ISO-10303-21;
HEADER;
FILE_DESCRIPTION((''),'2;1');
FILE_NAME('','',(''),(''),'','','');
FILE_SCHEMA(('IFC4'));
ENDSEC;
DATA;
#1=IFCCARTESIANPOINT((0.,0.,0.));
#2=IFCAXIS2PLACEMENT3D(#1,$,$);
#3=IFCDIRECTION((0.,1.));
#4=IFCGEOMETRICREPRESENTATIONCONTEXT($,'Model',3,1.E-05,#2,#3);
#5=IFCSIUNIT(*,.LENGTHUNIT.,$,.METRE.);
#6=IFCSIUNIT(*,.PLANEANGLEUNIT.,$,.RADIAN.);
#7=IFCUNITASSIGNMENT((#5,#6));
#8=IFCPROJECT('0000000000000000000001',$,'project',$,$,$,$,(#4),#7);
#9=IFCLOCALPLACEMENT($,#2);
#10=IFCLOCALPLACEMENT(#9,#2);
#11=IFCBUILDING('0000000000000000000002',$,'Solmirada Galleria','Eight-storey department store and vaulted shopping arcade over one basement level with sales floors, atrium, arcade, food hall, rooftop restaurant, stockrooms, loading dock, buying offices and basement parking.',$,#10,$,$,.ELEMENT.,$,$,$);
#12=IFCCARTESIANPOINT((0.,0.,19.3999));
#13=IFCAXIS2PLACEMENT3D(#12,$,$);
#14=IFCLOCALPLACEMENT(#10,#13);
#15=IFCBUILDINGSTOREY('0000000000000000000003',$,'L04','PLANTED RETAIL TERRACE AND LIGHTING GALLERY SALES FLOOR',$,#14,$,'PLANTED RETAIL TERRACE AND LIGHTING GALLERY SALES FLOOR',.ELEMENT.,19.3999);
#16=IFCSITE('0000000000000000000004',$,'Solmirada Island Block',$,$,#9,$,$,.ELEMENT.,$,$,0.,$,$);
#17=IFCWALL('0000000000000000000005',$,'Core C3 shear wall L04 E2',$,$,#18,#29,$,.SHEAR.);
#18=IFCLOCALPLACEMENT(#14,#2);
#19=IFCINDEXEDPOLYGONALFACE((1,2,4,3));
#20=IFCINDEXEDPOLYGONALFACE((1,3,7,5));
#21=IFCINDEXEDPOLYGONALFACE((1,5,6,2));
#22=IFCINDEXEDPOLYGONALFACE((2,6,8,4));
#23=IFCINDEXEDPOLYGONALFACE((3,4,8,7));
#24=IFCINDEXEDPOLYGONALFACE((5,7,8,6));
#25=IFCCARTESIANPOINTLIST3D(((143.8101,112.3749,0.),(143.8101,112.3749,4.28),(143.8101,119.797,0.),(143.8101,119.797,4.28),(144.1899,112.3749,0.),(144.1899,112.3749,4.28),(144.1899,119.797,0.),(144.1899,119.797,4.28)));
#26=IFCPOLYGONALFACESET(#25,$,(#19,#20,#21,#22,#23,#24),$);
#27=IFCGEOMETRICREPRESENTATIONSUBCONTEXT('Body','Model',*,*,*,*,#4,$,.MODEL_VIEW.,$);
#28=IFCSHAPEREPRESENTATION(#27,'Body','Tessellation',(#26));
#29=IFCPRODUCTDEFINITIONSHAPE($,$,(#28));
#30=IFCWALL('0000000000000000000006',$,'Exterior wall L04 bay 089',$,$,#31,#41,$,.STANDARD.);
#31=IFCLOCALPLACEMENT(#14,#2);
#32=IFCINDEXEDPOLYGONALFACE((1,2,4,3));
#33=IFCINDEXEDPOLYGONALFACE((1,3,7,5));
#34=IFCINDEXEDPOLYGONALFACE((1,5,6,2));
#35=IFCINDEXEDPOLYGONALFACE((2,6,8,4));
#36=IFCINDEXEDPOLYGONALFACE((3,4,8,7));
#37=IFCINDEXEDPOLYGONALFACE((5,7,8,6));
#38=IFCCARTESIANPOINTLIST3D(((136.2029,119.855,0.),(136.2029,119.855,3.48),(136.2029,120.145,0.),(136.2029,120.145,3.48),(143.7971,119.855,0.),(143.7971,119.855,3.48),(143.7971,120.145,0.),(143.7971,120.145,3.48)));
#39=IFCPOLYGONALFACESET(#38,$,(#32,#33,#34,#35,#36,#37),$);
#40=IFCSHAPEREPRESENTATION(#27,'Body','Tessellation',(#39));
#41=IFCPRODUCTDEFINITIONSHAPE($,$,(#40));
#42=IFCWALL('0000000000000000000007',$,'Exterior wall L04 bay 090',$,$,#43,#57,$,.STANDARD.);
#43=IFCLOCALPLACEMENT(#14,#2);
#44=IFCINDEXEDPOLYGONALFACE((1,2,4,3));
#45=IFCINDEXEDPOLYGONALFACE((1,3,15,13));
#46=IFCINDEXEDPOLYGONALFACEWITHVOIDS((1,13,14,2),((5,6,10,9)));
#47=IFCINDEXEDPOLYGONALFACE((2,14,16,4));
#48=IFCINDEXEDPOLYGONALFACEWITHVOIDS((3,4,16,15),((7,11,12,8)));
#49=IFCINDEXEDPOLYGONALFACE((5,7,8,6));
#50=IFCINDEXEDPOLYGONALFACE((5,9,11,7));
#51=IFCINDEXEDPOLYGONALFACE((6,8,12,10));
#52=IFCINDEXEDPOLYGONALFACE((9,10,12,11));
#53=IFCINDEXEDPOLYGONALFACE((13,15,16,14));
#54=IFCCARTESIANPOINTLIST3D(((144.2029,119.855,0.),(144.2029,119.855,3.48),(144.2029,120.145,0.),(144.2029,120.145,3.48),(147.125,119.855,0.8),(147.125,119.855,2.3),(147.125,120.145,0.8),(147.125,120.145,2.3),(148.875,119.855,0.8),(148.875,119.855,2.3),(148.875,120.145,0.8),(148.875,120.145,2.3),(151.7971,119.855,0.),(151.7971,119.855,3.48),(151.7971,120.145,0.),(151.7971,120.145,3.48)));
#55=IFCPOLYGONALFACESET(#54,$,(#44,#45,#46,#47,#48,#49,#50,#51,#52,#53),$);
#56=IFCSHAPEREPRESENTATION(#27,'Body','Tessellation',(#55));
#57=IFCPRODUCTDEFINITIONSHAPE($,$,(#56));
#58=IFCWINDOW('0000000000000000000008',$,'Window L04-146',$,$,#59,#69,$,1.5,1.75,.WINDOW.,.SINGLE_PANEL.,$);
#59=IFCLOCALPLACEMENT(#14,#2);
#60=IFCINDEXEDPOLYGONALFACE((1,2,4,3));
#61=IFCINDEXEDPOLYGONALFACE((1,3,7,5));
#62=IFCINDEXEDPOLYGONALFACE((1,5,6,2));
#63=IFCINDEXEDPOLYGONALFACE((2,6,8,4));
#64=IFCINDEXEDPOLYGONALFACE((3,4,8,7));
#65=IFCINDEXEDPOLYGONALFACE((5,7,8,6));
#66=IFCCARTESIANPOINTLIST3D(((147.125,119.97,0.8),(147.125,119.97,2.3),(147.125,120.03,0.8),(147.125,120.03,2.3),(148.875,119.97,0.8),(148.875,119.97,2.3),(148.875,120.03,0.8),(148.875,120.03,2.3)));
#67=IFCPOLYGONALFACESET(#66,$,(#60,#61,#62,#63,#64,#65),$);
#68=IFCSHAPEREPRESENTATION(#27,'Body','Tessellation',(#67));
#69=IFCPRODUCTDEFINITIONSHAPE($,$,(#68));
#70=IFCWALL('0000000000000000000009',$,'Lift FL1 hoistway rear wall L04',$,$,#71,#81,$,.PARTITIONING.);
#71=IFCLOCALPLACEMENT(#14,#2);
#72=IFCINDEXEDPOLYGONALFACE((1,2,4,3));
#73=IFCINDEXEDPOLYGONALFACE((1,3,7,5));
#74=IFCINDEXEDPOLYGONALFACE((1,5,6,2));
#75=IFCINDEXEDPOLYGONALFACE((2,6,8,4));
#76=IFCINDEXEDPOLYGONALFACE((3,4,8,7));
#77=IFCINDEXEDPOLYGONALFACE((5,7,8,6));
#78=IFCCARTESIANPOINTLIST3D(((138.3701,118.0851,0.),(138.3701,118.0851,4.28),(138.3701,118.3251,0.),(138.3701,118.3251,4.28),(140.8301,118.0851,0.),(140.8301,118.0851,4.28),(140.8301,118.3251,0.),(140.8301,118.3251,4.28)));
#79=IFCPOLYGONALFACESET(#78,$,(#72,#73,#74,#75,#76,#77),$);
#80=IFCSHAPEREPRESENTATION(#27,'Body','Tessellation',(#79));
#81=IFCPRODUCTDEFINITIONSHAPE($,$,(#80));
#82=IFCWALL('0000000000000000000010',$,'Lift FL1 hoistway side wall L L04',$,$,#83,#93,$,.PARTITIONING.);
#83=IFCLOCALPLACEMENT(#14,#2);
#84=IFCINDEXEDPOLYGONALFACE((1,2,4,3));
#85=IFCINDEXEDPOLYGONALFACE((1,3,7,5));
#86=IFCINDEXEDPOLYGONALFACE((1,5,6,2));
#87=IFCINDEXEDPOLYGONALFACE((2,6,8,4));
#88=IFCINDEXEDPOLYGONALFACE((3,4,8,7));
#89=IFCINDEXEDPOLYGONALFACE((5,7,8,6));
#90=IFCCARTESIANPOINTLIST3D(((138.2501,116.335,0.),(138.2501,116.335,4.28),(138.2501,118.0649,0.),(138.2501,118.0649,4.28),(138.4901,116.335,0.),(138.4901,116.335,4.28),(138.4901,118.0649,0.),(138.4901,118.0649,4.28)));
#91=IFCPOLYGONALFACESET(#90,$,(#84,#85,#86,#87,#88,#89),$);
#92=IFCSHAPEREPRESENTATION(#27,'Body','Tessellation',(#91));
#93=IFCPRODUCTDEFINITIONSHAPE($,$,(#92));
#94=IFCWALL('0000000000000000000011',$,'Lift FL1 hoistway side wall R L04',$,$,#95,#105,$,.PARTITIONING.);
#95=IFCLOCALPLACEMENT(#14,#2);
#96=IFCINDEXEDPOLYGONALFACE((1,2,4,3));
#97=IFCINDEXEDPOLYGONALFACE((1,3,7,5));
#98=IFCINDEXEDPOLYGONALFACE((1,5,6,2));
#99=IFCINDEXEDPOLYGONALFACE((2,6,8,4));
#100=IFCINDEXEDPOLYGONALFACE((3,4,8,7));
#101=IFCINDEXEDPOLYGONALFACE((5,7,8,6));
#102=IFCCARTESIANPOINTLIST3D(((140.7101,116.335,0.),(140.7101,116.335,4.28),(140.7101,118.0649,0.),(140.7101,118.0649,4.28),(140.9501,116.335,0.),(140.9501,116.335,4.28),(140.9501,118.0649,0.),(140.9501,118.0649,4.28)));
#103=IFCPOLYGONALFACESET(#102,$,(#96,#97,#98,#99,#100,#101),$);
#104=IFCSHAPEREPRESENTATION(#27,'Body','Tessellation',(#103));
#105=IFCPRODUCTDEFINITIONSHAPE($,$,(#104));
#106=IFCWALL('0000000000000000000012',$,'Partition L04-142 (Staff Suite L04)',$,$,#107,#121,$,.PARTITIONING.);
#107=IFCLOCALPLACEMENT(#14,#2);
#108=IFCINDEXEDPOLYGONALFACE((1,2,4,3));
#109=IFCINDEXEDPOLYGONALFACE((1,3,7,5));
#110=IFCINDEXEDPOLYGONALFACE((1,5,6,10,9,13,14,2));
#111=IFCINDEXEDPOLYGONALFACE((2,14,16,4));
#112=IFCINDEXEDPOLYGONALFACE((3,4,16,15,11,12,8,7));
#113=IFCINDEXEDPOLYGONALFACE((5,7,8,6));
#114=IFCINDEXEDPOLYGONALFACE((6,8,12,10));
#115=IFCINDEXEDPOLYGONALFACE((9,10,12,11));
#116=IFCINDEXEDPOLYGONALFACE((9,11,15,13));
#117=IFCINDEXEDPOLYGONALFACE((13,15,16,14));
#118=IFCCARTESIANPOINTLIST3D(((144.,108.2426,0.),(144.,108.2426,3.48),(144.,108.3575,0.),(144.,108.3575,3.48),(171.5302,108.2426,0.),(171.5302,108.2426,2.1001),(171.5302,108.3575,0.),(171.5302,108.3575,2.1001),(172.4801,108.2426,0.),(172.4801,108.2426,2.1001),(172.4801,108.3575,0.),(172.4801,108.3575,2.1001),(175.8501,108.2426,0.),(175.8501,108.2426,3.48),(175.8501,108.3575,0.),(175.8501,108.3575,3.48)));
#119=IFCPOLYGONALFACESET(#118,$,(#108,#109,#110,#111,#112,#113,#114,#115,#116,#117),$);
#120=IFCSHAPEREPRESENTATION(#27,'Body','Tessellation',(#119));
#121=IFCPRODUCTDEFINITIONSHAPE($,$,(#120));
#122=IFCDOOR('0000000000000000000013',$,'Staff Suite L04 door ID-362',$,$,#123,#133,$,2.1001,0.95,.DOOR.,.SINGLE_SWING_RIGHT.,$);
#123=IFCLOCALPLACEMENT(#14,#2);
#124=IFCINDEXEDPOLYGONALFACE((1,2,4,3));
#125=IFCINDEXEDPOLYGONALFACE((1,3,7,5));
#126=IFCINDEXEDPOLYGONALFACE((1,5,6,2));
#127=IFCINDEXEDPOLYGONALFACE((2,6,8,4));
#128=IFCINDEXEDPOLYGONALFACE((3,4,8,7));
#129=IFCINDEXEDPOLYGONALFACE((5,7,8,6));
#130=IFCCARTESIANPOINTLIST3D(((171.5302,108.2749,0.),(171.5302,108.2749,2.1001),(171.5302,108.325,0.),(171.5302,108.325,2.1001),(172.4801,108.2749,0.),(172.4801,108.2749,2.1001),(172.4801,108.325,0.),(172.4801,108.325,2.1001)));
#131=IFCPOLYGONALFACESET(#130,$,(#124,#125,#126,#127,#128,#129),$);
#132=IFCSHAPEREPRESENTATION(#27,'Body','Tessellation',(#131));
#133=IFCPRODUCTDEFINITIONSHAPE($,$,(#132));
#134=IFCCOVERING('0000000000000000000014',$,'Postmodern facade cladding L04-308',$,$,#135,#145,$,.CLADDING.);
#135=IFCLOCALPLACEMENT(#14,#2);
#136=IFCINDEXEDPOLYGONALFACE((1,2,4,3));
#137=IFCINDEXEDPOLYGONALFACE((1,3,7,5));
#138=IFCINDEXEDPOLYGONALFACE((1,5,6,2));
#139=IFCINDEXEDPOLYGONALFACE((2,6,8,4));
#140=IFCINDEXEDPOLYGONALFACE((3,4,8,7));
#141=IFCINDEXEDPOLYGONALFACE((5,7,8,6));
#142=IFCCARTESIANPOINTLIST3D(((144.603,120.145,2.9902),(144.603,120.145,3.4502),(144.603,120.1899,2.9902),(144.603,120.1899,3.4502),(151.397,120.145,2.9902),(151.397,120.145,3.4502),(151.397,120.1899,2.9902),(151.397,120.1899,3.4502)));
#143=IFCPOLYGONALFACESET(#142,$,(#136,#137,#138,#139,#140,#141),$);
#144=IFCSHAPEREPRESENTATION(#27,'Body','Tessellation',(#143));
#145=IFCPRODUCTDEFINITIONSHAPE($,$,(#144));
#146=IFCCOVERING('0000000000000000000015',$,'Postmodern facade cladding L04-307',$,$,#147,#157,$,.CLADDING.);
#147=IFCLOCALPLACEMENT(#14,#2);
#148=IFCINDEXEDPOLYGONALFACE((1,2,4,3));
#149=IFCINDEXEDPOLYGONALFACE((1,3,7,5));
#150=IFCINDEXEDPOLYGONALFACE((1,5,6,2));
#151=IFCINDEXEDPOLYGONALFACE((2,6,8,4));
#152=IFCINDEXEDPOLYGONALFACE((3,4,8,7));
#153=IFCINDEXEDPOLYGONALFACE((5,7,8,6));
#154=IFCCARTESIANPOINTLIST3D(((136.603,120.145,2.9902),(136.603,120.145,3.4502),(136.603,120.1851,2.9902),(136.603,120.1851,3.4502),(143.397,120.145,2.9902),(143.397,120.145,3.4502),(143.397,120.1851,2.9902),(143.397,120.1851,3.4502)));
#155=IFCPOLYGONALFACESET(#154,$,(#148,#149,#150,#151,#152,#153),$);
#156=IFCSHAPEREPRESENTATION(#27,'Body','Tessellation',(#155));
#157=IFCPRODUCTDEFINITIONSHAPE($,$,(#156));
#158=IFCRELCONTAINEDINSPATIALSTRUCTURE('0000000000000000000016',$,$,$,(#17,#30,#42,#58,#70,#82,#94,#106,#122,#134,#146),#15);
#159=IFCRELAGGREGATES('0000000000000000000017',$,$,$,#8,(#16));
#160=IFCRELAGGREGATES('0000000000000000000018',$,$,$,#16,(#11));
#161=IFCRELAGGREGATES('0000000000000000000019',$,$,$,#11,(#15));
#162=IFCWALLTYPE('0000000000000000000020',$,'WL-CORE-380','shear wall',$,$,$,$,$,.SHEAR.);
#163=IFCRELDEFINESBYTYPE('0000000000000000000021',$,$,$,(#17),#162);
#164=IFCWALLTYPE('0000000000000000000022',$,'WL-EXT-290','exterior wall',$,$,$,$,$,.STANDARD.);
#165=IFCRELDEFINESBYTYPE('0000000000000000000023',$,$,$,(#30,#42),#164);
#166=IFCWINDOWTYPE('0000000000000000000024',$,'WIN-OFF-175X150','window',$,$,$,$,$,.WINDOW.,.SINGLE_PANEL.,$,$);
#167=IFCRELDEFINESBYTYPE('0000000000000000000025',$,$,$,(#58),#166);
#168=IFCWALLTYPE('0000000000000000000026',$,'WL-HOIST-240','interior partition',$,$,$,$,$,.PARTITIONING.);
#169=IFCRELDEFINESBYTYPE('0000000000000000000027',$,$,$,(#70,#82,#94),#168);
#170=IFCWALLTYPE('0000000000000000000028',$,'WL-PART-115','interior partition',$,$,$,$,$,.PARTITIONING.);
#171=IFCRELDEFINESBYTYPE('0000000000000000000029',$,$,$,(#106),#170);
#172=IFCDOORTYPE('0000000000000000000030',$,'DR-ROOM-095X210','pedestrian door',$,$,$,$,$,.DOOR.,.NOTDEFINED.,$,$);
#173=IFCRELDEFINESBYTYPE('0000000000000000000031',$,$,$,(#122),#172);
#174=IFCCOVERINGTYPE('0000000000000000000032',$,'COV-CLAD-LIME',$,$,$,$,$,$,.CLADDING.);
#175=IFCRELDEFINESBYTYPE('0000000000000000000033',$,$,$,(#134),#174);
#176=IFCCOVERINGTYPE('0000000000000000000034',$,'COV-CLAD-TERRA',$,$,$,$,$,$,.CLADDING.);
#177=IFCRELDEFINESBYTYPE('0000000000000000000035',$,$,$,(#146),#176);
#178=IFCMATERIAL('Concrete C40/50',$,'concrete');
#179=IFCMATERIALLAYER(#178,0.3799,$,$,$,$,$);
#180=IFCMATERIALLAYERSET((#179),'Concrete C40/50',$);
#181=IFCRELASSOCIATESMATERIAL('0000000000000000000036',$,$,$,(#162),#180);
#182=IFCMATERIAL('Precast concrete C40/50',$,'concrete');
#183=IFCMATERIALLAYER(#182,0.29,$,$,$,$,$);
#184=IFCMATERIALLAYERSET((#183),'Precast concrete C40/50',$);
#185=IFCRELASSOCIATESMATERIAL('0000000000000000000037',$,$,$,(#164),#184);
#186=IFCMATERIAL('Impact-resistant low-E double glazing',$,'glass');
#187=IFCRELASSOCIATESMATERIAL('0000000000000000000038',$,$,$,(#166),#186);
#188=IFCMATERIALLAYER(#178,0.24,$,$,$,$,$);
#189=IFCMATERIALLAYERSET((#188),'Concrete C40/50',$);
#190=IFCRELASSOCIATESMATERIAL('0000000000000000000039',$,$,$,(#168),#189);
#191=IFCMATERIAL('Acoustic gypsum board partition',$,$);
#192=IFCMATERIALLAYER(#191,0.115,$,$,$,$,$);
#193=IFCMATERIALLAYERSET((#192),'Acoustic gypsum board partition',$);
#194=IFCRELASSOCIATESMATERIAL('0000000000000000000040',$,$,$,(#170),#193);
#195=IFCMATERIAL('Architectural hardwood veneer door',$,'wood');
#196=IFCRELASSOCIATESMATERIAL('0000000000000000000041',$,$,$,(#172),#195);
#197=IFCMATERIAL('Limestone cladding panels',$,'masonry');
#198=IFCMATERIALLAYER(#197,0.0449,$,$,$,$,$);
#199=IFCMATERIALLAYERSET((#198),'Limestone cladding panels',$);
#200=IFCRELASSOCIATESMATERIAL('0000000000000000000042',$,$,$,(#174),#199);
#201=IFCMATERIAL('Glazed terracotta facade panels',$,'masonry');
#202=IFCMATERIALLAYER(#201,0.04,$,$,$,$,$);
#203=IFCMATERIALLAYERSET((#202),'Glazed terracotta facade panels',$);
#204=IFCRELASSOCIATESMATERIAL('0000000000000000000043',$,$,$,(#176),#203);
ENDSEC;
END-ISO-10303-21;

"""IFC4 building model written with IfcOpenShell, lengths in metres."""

from ifc_helpers import new_model, si_unit, direction, frame, frame_2d, origin, origin_2d, place, context, subcontext, project, spatial, rectangle, extrude, material, layer, layer_set, type_object, element, fill, save


model = new_model("IFC4")

# Units and contexts
model_context = context("Model", 3, precision=1e-05, world=origin(), true_north=direction((0.0, 1.0)))
body_context = subcontext(model_context, "Body", "Model", "MODEL_VIEW")
ifc_project = project(units=[si_unit("LENGTHUNIT", "METRE"), si_unit("PLANEANGLEUNIT", "RADIAN")], contexts=[model_context])

# Site, building, storey
site_placement = place(None, origin())
site = spatial("IfcSite", under=ifc_project, at=site_placement, Name="Solmirada Island Block", CompositionType="ELEMENT", RefElevation=0.0)
building_placement = place(site_placement, origin())
building = spatial("IfcBuilding", under=site, at=building_placement, Name="Solmirada Galleria", Description="Eight-storey department store and vaulted shopping arcade over one basement level with sales floors, atrium, arcade, food hall, rooftop restaurant, stockrooms, loading dock, buying offices and basement parking.", CompositionType="ELEMENT")
storey_placement = place(building_placement, frame((0.0, 0.0, 19.3999)))
storey = spatial("IfcBuildingStorey", under=building, at=storey_placement, Name="L04", Description="PLANTED RETAIL TERRACE AND LIGHTING GALLERY SALES FLOOR", LongName="PLANTED RETAIL TERRACE AND LIGHTING GALLERY SALES FLOOR", CompositionType="ELEMENT", Elevation=19.3999)

# Shared definitions
ifc_material_1 = material(Name="Concrete C40/50", Category="concrete")

# Shared definitions
ifc_layer_1 = layer(ifc_material_1, 0.3799)
ifc_layer_set_1 = layer_set([ifc_layer_1], Name="Concrete C40/50")
wall_type_1 = type_object("IfcWallType", Name="WL-CORE-380", Description="shear wall", PredefinedType="SHEAR", material=ifc_layer_set_1)

# Walls
wall_1_placement = place(storey_placement, frame((144.0, 112.375, 0.0), z_axis=(0.0, 0.0, 1.0), x_axis=(0.0, 1.0, 0.0)))
element("IfcWall", 1, at=wall_1_placement, inside=storey, type_object=wall_type_1, Name="Core C3 shear wall L04 E2", PredefinedType="SHEAR", context=body_context, shape_type="SweptSolid", body=[
    extrude(rectangle(XDim=7.4221, YDim=0.3799, at=frame_2d((3.7109, 0.0))), origin(), (0.0, 0.0, 1.0), 4.28),
])
ifc_material_2 = material(Name="Precast concrete C40/50", Category="concrete")
ifc_layer_2 = layer(ifc_material_2, 0.29)
ifc_layer_set_2 = layer_set([ifc_layer_2], Name="Precast concrete C40/50")
wall_type_2 = type_object("IfcWallType", Name="WL-EXT-290", Description="exterior wall", PredefinedType="STANDARD", material=ifc_layer_set_2)
wall_2_placement = place(storey_placement, frame((136.2029, 120.0, 0.0), z_axis=(0.0, 0.0, 1.0), x_axis=(1.0, 0.0, 0.0)))
element("IfcWall", 2, at=wall_2_placement, inside=storey, type_object=wall_type_2, Name="Exterior wall L04 bay 089", PredefinedType="STANDARD", context=body_context, shape_type="SweptSolid", body=[
    extrude(rectangle(XDim=7.5942, YDim=0.29, at=frame_2d((3.7971, 0.0))), origin(), (0.0, 0.0, 1.0), 3.48),
])

# Wall, opening, window
wall_3_placement = place(storey_placement, frame((144.2029, 120.0, 0.0), z_axis=(0.0, 0.0, 1.0), x_axis=(1.0, 0.0, 0.0)))
wall_3 = element("IfcWall", 3, at=wall_3_placement, inside=storey, type_object=wall_type_2, Name="Exterior wall L04 bay 090", PredefinedType="STANDARD", context=body_context, shape_type="SweptSolid", body=[
    extrude(rectangle(XDim=7.5942, YDim=0.29, at=frame_2d((3.7971, 0.0))), origin(), (0.0, 0.0, 1.0), 3.48),
])
opening_1_placement = place(wall_3_placement, frame((2.9221, 0.0, 0.8)))
opening_1 = element("IfcOpeningElement", 4, at=opening_1_placement, cuts=wall_3, PredefinedType="OPENING", context=body_context, shape_type="SweptSolid", body=[
    extrude(rectangle(XDim=1.75, YDim=1.5, at=frame_2d((0.875, 0.75))), frame((0.0, 0.155, 0.0), z_axis=(0.0, -1.0, 0.0), x_axis=(1.0, 0.0, 0.0)), (0.0, 0.0, 1.0), 0.3101),
])
ifc_material_3 = material(Name="Impact-resistant low-E double glazing", Category="glass")
window_type = type_object("IfcWindowType", Name="WIN-OFF-175X150", Description="window", PartitioningType="SINGLE_PANEL", PredefinedType="WINDOW", material=ifc_material_3)
window_placement = place(opening_1_placement, origin())
window = element("IfcWindow", 5, at=window_placement, inside=storey, type_object=window_type, Name="Window L04-146", OverallHeight=1.5, OverallWidth=1.75, PartitioningType="SINGLE_PANEL", PredefinedType="WINDOW", context=body_context, shape_type="SweptSolid", body=[
    extrude(rectangle(XDim=1.75, YDim=1.5, at=frame_2d((0.875, 0.75))), frame((0.0, 0.03, 0.0), z_axis=(0.0, -1.0, 0.0), x_axis=(1.0, 0.0, 0.0)), (0.0, 0.0, 1.0), 0.0601),
])
fill(opening_1, window)

# Shared definitions
ifc_layer_3 = layer(ifc_material_1, 0.24)
ifc_layer_set_3 = layer_set([ifc_layer_3], Name="Concrete C40/50")
wall_type_3 = type_object("IfcWallType", Name="WL-HOIST-240", Description="interior partition", PredefinedType="PARTITIONING", material=ifc_layer_set_3)

# Walls
wall_4_placement = place(storey_placement, frame((138.3701, 118.2051, 0.0), z_axis=(0.0, 0.0, 1.0), x_axis=(1.0, 0.0, 0.0)))
element("IfcWall", 6, at=wall_4_placement, inside=storey, type_object=wall_type_3, Name="Lift FL1 hoistway rear wall L04", PredefinedType="PARTITIONING", context=body_context, shape_type="SweptSolid", body=[
    extrude(rectangle(XDim=2.46, YDim=0.24, at=frame_2d((1.23, 0.0))), origin(), (0.0, 0.0, 1.0), 4.28),
])
for number, where, z_axis, x_axis, name in (
    (7, (138.3701, 116.335, 0.0), (0.0, 0.0, 1.0), (0.0, 1.0, 0.0), "Lift FL1 hoistway side wall L L04"),
    (8, (140.8301, 116.335, 0.0), (0.0, 0.0, 1.0), (0.0, 1.0, 0.0), "Lift FL1 hoistway side wall R L04"),
):
    element("IfcWall", number, at=place(storey_placement, frame(where, z_axis=z_axis, x_axis=x_axis)), inside=storey, type_object=wall_type_3, Name=name, PredefinedType="PARTITIONING", context=body_context, shape_type="SweptSolid", body=[
        extrude(rectangle(XDim=1.73, YDim=0.24, at=frame_2d((0.865, 0.0))), origin(), (0.0, 0.0, 1.0), 4.28),
    ])

# Wall, opening, door
ifc_material_4 = material(Name="Acoustic gypsum board partition")
ifc_layer_4 = layer(ifc_material_4, 0.115)
ifc_layer_set_4 = layer_set([ifc_layer_4], Name="Acoustic gypsum board partition")
wall_type_4 = type_object("IfcWallType", Name="WL-PART-115", Description="interior partition", PredefinedType="PARTITIONING", material=ifc_layer_set_4)
wall_5_placement = place(storey_placement, frame((144.0, 108.3, 0.0), z_axis=(0.0, 0.0, 1.0), x_axis=(1.0, 0.0, 0.0)))
wall_5 = element("IfcWall", 9, at=wall_5_placement, inside=storey, type_object=wall_type_4, Name="Partition L04-142 (Staff Suite L04)", PredefinedType="PARTITIONING", context=body_context, shape_type="SweptSolid", body=[
    extrude(rectangle(XDim=31.8501, YDim=0.115, at=frame_2d((15.925, 0.0))), origin(), (0.0, 0.0, 1.0), 3.48),
])
opening_2_placement = place(wall_5_placement, frame((27.53, 0.0, 0.0)))
opening_2 = element("IfcOpeningElement", 10, at=opening_2_placement, cuts=wall_5, PredefinedType="OPENING", context=body_context, shape_type="SweptSolid", body=[
    extrude(rectangle(XDim=0.95, YDim=2.1001, at=frame_2d((0.4751, 1.05))), frame((0.0, 0.0674, 0.0), z_axis=(0.0, -1.0, 0.0), x_axis=(1.0, 0.0, 0.0)), (0.0, 0.0, 1.0), 0.135),
])
ifc_material_5 = material(Name="Architectural hardwood veneer door", Category="wood")
door_type_1 = type_object("IfcDoorType", Name="DR-ROOM-095X210", Description="pedestrian door", OperationType="NOTDEFINED", PredefinedType="DOOR", material=ifc_material_5)
door_1_placement = place(opening_2_placement, origin())
door_1 = element("IfcDoor", 11, at=door_1_placement, inside=storey, type_object=door_type_1, Name="Staff Suite L04 door ID-362", OperationType="SINGLE_SWING_RIGHT", OverallHeight=2.1001, OverallWidth=0.95, PredefinedType="DOOR", context=body_context, shape_type="SweptSolid", body=[
    extrude(rectangle(XDim=0.95, YDim=2.1001, at=frame_2d((0.4751, 1.05))), frame((0.0, 0.0249, 0.0), z_axis=(0.0, -1.0, 0.0), x_axis=(1.0, 0.0, 0.0)), (0.0, 0.0, 1.0), 0.05),
])
fill(opening_2, door_1)

# Coverings
ifc_material_6 = material(Name="Limestone cladding panels", Category="masonry")
ifc_layer_5 = layer(ifc_material_6, 0.0449)
ifc_layer_set_5 = layer_set([ifc_layer_5], Name="Limestone cladding panels")
covering_type_1 = type_object("IfcCoveringType", Name="COV-CLAD-LIME", PredefinedType="CLADDING", material=ifc_layer_set_5)
covering_1_placement = place(storey_placement, frame((148.0, 120.1675, 2.9902), z_axis=(0.0, 0.0, 1.0), x_axis=(1.0, 0.0, 0.0)))
element("IfcCovering", 12, at=covering_1_placement, inside=storey, type_object=covering_type_1, Name="Postmodern facade cladding L04-308", PredefinedType="CLADDING", context=body_context, shape_type="SweptSolid", body=[
    extrude(rectangle(XDim=6.7939, YDim=0.0449, at=origin_2d()), origin(), (0.0, 0.0, 1.0), 0.46),
])
ifc_material_7 = material(Name="Glazed terracotta facade panels", Category="masonry")
ifc_layer_6 = layer(ifc_material_7, 0.04)
ifc_layer_set_6 = layer_set([ifc_layer_6], Name="Glazed terracotta facade panels")
covering_type_2 = type_object("IfcCoveringType", Name="COV-CLAD-TERRA", PredefinedType="CLADDING", material=ifc_layer_set_6)
covering_2_placement = place(storey_placement, frame((140.0, 120.165, 2.9902), z_axis=(0.0, 0.0, 1.0), x_axis=(1.0, 0.0, 0.0)))
element("IfcCovering", 13, at=covering_2_placement, inside=storey, type_object=covering_type_2, Name="Postmodern facade cladding L04-307", PredefinedType="CLADDING", context=body_context, shape_type="SweptSolid", body=[
    extrude(rectangle(XDim=6.7939, YDim=0.04, at=origin_2d()), origin(), (0.0, 0.0, 1.0), 0.46),
])

save(model, "model.ifc")
